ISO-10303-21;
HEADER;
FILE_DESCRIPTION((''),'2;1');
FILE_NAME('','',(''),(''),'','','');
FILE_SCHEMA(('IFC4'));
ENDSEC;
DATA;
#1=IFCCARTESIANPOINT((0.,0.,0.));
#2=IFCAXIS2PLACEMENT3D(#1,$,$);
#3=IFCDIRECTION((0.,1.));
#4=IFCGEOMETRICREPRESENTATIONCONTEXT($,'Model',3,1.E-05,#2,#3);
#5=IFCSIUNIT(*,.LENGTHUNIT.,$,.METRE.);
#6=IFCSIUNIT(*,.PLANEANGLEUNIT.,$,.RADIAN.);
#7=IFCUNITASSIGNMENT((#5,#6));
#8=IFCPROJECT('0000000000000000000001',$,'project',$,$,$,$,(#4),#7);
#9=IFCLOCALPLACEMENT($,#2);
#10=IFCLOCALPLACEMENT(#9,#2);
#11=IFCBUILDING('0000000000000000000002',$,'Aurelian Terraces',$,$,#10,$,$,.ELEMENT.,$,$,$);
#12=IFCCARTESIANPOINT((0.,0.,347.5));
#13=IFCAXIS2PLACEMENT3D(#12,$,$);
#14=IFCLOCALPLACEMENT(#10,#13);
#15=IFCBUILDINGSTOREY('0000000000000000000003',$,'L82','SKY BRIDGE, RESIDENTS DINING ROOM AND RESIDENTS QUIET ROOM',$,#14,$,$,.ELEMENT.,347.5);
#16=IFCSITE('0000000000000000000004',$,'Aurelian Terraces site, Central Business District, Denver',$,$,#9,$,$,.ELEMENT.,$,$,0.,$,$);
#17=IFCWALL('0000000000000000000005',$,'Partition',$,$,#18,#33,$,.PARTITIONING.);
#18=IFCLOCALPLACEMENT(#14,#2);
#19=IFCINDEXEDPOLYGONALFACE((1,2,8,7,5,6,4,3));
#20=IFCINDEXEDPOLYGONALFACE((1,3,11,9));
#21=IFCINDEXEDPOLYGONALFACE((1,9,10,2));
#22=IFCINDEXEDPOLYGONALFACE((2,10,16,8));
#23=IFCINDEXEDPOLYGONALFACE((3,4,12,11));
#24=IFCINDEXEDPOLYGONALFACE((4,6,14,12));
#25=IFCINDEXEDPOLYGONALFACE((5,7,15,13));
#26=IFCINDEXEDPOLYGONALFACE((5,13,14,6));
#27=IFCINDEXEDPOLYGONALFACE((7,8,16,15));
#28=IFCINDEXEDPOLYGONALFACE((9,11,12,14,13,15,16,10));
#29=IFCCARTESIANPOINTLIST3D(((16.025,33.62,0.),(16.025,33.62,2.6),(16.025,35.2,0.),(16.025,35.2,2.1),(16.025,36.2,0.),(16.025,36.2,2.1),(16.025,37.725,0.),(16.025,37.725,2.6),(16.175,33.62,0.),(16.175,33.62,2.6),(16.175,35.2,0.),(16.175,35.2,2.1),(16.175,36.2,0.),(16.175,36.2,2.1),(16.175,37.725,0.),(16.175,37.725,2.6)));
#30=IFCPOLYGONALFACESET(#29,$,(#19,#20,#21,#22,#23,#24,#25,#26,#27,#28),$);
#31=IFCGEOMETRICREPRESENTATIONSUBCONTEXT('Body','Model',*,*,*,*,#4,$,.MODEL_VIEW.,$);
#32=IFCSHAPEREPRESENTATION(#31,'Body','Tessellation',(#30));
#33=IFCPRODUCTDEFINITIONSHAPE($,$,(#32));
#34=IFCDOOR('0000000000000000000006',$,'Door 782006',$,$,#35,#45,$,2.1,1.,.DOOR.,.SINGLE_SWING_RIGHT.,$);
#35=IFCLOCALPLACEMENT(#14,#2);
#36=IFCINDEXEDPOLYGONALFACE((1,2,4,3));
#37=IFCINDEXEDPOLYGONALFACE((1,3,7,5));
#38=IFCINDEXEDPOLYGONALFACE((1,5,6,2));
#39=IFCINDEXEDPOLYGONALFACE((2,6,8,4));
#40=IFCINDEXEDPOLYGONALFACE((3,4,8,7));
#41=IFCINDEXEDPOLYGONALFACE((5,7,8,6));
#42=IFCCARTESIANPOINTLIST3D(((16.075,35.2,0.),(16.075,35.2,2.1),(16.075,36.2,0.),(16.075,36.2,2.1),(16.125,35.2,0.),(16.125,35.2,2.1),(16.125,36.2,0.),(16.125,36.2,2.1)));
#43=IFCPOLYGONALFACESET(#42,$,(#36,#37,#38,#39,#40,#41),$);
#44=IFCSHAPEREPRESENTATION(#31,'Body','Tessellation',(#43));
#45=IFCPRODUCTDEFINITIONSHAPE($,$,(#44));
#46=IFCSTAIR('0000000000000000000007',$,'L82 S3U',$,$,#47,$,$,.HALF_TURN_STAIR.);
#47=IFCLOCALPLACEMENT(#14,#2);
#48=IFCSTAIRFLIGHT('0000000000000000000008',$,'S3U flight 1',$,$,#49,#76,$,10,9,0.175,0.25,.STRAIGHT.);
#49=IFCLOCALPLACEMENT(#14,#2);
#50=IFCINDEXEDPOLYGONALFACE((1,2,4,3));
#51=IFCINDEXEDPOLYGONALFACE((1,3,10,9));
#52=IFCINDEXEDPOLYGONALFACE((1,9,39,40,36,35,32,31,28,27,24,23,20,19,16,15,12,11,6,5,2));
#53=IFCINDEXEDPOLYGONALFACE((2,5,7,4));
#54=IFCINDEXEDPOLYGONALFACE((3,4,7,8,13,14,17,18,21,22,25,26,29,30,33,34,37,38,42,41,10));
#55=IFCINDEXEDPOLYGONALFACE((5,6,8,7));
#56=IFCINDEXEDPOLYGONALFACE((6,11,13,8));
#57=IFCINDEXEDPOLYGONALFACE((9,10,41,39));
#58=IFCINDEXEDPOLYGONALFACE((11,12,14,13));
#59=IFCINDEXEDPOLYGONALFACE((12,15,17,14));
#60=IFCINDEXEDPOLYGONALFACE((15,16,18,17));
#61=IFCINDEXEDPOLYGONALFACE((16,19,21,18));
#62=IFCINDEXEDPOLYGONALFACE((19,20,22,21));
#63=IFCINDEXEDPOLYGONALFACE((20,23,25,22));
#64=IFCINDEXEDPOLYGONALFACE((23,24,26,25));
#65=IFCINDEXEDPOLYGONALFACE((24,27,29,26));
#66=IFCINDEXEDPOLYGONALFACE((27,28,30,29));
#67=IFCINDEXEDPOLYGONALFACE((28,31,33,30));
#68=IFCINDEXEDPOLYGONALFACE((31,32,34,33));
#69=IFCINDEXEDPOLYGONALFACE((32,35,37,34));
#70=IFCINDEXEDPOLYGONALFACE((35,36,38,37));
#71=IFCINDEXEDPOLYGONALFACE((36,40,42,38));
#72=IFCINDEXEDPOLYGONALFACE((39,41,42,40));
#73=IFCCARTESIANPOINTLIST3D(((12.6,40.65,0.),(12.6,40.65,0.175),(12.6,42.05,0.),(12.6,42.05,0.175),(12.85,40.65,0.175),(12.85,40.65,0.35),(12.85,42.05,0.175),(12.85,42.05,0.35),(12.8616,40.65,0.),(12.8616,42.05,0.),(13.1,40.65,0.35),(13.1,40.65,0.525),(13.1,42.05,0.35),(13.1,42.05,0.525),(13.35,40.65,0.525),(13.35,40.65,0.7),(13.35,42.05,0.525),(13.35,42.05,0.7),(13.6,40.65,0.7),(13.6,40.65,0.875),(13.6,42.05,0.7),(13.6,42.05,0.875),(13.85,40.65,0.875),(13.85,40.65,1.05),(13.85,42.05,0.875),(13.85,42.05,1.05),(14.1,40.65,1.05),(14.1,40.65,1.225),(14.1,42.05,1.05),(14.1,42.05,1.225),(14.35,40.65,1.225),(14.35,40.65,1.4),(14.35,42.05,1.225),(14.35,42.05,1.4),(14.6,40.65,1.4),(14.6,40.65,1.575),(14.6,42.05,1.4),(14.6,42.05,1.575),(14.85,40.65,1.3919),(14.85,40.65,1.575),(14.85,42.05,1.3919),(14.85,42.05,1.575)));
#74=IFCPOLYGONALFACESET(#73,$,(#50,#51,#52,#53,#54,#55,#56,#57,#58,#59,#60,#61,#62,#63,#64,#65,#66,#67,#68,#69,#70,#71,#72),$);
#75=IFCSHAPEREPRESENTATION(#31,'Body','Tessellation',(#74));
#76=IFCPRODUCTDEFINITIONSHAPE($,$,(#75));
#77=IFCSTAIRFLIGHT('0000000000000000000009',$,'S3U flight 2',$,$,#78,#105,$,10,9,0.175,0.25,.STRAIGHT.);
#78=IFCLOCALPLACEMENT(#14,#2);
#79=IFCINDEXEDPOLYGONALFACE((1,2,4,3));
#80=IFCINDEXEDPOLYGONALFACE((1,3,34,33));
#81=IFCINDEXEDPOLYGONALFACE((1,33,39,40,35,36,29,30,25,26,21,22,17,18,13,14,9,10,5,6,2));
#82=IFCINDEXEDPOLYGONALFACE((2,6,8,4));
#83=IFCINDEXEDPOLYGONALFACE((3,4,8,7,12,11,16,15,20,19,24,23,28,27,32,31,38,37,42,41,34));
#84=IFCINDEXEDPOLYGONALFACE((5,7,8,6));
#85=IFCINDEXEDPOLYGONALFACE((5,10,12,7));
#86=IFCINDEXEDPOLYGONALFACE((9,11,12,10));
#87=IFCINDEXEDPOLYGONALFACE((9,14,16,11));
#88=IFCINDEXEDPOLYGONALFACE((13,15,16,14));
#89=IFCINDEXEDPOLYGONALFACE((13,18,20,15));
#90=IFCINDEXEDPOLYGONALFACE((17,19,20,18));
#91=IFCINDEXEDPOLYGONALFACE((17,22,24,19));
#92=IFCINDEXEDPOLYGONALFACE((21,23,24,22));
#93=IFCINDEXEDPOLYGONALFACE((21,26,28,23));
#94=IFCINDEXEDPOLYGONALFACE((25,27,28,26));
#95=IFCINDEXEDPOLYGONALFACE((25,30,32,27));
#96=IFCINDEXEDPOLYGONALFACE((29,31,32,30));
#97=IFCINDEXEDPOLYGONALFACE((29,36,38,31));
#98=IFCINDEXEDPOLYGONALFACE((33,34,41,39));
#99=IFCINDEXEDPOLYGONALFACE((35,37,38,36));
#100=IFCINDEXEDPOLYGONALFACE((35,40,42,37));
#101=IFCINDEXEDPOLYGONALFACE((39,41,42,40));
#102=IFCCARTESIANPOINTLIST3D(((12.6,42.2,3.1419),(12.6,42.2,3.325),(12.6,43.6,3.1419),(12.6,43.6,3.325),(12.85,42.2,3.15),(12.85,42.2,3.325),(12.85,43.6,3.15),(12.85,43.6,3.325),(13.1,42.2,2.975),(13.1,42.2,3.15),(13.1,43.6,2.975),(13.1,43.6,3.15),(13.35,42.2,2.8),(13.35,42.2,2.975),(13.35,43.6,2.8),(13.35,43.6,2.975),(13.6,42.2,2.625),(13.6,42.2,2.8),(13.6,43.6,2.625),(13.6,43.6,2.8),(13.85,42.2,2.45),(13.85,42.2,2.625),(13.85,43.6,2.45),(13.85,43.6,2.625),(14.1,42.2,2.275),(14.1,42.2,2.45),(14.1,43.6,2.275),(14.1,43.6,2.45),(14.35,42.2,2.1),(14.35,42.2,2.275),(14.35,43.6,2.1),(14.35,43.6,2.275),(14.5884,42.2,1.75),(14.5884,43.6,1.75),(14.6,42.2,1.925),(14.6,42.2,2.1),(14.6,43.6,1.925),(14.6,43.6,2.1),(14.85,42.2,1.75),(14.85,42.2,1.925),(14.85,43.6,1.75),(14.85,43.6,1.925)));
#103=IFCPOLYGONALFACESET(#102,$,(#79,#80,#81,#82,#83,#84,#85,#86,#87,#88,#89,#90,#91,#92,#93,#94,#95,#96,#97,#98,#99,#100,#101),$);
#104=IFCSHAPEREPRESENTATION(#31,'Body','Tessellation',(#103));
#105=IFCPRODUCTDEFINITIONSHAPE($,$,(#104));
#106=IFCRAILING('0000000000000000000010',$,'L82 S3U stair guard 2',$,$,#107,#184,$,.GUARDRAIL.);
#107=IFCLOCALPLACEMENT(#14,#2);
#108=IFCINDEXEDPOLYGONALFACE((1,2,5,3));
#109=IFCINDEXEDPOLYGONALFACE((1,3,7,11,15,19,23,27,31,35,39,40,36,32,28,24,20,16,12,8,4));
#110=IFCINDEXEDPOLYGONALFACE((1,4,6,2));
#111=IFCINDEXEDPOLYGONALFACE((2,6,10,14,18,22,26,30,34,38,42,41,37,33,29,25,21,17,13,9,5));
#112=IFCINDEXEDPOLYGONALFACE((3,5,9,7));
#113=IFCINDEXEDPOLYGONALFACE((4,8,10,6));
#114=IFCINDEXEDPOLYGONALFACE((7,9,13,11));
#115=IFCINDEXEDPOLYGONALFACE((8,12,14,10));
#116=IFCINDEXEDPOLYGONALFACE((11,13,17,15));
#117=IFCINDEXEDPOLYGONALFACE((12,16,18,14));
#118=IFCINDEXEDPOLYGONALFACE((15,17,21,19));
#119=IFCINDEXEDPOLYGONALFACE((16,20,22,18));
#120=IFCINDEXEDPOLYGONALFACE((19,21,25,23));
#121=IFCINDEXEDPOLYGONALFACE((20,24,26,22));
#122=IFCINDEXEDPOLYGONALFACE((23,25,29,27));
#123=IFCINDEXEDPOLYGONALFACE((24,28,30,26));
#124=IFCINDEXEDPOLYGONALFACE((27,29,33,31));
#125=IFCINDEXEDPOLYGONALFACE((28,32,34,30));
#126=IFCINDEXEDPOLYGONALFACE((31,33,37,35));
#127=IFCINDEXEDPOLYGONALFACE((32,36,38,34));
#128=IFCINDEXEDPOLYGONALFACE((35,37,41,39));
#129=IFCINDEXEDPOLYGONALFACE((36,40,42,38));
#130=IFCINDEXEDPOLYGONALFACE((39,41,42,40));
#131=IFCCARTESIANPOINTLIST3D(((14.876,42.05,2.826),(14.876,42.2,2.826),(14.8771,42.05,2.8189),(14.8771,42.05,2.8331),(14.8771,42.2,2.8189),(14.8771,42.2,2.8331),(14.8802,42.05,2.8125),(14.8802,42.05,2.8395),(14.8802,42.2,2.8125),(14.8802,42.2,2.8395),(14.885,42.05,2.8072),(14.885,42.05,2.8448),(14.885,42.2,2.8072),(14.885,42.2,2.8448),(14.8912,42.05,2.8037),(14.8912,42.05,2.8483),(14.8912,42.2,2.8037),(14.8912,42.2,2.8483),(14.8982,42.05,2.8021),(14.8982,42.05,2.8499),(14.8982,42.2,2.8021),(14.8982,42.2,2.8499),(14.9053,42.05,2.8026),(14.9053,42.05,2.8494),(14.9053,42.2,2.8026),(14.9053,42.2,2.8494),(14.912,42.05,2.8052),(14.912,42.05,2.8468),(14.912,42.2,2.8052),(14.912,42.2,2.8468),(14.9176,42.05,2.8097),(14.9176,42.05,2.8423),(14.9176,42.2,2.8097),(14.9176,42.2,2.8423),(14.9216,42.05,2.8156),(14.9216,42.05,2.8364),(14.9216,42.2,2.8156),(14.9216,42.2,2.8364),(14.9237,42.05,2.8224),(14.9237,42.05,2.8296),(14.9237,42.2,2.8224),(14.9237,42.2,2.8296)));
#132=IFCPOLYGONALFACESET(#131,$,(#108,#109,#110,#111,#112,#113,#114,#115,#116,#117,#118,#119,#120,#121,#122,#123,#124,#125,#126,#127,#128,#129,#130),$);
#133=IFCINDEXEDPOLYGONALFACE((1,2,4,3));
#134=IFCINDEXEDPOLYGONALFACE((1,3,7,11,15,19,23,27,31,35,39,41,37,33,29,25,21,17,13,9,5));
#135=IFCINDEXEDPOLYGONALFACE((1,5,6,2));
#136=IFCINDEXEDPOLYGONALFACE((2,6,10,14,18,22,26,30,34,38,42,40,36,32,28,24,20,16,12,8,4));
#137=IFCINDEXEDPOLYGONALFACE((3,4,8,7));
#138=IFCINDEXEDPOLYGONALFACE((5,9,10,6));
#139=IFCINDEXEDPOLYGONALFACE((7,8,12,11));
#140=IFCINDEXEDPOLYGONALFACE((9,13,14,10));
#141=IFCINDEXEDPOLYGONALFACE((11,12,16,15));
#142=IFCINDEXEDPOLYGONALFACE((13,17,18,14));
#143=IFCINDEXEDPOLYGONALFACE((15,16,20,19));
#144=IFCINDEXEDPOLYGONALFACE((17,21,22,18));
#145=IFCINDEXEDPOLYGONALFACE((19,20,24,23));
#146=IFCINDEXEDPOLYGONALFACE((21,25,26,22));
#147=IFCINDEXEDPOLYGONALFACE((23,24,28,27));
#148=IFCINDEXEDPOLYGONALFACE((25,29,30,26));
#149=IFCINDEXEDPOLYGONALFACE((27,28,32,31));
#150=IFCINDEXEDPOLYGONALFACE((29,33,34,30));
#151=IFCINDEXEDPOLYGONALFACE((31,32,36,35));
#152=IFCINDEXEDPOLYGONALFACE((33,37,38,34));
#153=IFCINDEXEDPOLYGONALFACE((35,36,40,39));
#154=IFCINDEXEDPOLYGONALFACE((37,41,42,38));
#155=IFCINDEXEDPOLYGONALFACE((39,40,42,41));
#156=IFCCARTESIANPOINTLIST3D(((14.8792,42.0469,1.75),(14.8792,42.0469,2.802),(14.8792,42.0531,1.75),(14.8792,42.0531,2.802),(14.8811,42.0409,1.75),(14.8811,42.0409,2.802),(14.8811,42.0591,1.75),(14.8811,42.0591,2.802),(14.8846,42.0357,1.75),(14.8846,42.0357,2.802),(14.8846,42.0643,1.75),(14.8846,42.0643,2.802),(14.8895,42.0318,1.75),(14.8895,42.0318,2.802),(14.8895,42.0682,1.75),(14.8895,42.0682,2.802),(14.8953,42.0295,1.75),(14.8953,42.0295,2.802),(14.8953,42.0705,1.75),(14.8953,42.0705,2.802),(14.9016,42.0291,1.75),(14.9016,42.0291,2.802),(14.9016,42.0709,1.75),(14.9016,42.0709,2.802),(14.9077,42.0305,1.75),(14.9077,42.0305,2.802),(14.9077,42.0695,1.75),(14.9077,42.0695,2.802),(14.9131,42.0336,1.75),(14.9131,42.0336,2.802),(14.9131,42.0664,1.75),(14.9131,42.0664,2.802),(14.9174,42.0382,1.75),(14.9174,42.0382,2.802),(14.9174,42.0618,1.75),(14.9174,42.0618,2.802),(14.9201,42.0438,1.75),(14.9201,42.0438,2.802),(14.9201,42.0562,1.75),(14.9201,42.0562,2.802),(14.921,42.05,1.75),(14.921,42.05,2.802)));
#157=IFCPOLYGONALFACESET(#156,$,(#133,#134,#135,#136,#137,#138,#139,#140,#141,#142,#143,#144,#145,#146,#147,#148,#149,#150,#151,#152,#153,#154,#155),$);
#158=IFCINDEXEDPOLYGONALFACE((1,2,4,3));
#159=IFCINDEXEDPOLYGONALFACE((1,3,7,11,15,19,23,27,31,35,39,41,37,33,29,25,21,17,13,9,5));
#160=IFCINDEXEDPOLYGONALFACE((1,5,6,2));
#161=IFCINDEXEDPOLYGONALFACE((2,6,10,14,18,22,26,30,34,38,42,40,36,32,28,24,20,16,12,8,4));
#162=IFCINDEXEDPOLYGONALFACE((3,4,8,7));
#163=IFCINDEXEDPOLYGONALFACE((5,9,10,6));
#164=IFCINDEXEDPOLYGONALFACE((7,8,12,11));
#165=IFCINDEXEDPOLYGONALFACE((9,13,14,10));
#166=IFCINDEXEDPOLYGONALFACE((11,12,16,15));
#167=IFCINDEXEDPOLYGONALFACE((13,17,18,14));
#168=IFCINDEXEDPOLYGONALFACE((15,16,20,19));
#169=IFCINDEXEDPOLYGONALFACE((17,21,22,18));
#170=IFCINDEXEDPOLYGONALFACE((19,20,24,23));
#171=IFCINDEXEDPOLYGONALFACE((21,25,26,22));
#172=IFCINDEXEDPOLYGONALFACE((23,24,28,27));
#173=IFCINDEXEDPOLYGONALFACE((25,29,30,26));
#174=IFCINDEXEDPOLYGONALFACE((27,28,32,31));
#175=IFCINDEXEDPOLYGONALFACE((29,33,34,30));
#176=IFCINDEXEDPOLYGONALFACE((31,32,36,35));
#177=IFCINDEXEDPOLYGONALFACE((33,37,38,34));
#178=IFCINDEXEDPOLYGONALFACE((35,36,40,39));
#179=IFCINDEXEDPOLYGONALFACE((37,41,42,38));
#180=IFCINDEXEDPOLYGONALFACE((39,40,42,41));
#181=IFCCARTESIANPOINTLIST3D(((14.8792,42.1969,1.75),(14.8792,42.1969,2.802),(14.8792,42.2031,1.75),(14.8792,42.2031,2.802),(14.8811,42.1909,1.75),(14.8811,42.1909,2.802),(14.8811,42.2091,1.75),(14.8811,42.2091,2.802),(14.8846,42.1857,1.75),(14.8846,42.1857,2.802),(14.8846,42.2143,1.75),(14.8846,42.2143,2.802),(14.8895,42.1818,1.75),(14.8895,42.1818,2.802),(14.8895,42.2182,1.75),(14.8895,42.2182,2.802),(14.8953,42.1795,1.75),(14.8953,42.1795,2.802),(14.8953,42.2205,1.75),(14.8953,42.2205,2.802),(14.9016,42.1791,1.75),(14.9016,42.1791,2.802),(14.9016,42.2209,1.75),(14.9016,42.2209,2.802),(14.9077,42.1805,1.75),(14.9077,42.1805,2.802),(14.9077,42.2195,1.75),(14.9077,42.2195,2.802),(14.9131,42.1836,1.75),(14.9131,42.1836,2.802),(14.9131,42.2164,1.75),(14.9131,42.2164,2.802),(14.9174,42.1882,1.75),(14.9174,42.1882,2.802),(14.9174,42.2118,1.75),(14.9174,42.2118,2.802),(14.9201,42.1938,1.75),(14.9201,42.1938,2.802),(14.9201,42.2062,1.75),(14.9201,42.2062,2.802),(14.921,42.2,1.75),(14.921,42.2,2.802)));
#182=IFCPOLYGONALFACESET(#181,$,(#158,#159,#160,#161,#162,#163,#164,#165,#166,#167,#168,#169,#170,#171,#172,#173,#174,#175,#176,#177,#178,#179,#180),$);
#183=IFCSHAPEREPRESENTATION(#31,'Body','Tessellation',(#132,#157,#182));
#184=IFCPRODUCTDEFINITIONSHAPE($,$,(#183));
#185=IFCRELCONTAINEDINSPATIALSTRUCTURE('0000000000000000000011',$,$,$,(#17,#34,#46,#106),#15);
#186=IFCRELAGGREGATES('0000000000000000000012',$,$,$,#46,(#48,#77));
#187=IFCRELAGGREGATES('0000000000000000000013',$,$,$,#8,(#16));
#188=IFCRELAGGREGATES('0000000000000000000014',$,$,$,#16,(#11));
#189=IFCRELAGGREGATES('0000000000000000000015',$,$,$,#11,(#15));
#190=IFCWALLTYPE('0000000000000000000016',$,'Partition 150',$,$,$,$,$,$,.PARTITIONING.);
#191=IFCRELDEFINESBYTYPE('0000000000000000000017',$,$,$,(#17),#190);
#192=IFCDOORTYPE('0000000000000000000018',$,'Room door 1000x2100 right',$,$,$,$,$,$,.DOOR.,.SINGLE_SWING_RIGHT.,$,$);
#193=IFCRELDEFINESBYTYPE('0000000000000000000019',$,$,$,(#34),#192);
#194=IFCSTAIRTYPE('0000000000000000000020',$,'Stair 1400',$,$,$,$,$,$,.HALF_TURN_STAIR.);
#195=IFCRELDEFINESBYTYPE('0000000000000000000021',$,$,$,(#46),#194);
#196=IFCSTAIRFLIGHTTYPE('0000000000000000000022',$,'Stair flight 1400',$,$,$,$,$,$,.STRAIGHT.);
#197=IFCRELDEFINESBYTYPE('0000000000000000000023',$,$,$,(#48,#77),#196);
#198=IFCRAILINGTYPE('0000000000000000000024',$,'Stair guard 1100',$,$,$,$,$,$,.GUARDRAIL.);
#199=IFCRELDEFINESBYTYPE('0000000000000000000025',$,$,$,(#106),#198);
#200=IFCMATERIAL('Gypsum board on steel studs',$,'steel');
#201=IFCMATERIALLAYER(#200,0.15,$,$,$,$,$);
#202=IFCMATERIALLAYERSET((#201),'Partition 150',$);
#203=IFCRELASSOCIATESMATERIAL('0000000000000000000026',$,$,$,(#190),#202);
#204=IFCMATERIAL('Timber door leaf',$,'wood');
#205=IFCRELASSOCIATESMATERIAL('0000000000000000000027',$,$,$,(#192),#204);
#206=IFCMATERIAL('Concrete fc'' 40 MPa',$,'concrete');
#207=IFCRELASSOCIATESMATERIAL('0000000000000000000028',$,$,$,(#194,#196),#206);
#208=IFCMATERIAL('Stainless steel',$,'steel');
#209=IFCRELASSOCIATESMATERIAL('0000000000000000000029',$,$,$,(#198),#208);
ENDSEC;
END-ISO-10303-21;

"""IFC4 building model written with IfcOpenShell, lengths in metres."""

from ifc_helpers import new_model, si_unit, direction, frame, frame_2d, origin, origin_2d, place, context, subcontext, project, spatial, polyline, rectangle, circle, outline, extrude, source, transform, mapped, material, layer, layer_set, type_object, element, fill, aggregate, save


model = new_model("IFC4")

# Units and contexts
model_context = context("Model", 3, precision=1e-05, world=origin(), true_north=direction((0.0, 1.0)))
body_context = subcontext(model_context, "Body", "Model", "MODEL_VIEW")
ifc_project = project(units=[si_unit("LENGTHUNIT", "METRE"), si_unit("PLANEANGLEUNIT", "RADIAN")], contexts=[model_context])

# Site, building, storey
site_placement = place(None, origin())
site = spatial("IfcSite", under=ifc_project, at=site_placement, Name="Aurelian Terraces site, Central Business District, Denver", CompositionType="ELEMENT", RefElevation=0.0)
building_placement = place(site_placement, origin())
building = spatial("IfcBuilding", under=site, at=building_placement, Name="Aurelian Terraces", CompositionType="ELEMENT")
storey_placement = place(building_placement, frame((0.0, 0.0, 347.5)))
storey = spatial("IfcBuildingStorey", under=building, at=storey_placement, Name="L82", Description="SKY BRIDGE, RESIDENTS DINING ROOM AND RESIDENTS QUIET ROOM", CompositionType="ELEMENT", Elevation=347.5)

# Shared definitions
ifc_material_1 = material(Name="Concrete fc' 40 MPa", Category="concrete")

# Shared definitions
ifc_material_2 = material(Name="Gypsum board on steel studs", Category="steel")

# Wall, opening, door
ifc_layer_1 = layer(ifc_material_2, 0.15)
ifc_layer_set_1 = layer_set([ifc_layer_1], Name="Partition 150")
wall_type_1 = type_object("IfcWallType", Name="Partition 150", PredefinedType="PARTITIONING", material=ifc_layer_set_1)
ifc_material_3 = material(Name="Timber door leaf", Category="wood")
shared_shape_1 = source(origin(), body_context, "Body", "SweptSolid", [
    extrude(rectangle(XDim=1.0, YDim=2.1, at=frame_2d((0.5, 1.05))), frame((0.0, 0.085, 0.0), z_axis=(0.0, -1.0, 0.0), x_axis=(1.0, 0.0, 0.0)), (0.0, 0.0, 1.0), 0.17),
])
shared_shape_2 = source(origin(), body_context, "Body", "SweptSolid", [
    extrude(rectangle(XDim=1.0, YDim=2.1, at=frame_2d((0.5, 1.05))), frame((0.0, 0.025, 0.0), z_axis=(0.0, -1.0, 0.0), x_axis=(1.0, 0.0, 0.0)), (0.0, 0.0, 1.0), 0.05),
])
shared_shape_3 = source(origin(), body_context, "Body", "SweptSolid", [
    extrude(rectangle(XDim=4.105, YDim=0.15, at=frame_2d((2.0525, 0.0))), origin(), (0.0, 0.0, 1.0), 2.6),
])
wall_1_placement = place(storey_placement, frame((16.1, 37.725, 0.0), z_axis=(0.0, 0.0, 1.0), x_axis=(0.0, -1.0, 0.0)))
wall_1 = element("IfcWall", 1, at=wall_1_placement, inside=storey, type_object=wall_type_1, Name="Partition", PredefinedType="PARTITIONING", context=body_context, shape_type="MappedRepresentation", body=[
    mapped(shared_shape_3, transform((0.0, 0.0, 0.0), scale=1.0)),
])
opening_1_placement = place(wall_1_placement, frame((1.525, 0.0, 0.0)))
opening_1 = element("IfcOpeningElement", 2, at=opening_1_placement, cuts=wall_1, PredefinedType="OPENING", context=body_context, shape_type="MappedRepresentation", body=[
    mapped(shared_shape_1, transform((0.0, 0.0, 0.0), scale=1.0)),
])
door_type_1 = type_object("IfcDoorType", Name="Room door 1000x2100 right", OperationType="SINGLE_SWING_RIGHT", PredefinedType="DOOR", material=ifc_material_3)
door_1_placement = place(opening_1_placement, origin())
door_1 = element("IfcDoor", 3, at=door_1_placement, inside=storey, type_object=door_type_1, Name="Door 782006", OperationType="SINGLE_SWING_RIGHT", OverallHeight=2.1, OverallWidth=1.0, PredefinedType="DOOR", context=body_context, shape_type="MappedRepresentation", body=[
    mapped(shared_shape_2, transform((0.0, 0.0, 0.0), scale=1.0)),
])
fill(opening_1, door_1)

# Stair, stair flights
stair_type = type_object("IfcStairType", Name="Stair 1400", PredefinedType="HALF_TURN_STAIR", material=ifc_material_1)
stair_placement = place(storey_placement, origin())
stair = element("IfcStair", 4, at=stair_placement, inside=storey, type_object=stair_type, Name="L82 S3U", PredefinedType="HALF_TURN_STAIR")
stair_flight_type = type_object("IfcStairFlightType", Name="Stair flight 1400", PredefinedType="STRAIGHT", material=ifc_material_1)
shared_shape_4 = source(origin(), body_context, "Body", "SweptSolid", [
    extrude(outline(polyline([(0.0, 0.0), (0.0, 0.175), (0.25, 0.175), (0.25, 0.35), (0.5, 0.35), (0.5, 0.525), (0.75, 0.525), (0.75, 0.7), (1.0, 0.7), (1.0, 0.875), (1.25, 0.875), (1.25, 1.05), (1.5, 1.05), (1.5, 1.225), (1.75, 1.225), (1.75, 1.4), (2.0, 1.4), (2.0, 1.575), (2.25, 1.575), (2.25, 1.75), (2.25, 1.3919), (0.2616, 0.0), (0.0, 0.0)])), frame((0.0, 0.7, 0.0), z_axis=(0.0, -1.0, 0.0), x_axis=(1.0, 0.0, 0.0)), (0.0, 0.0, 1.0), 1.4),
])
stair_flight_1_placement = place(storey_placement, frame((12.6, 41.35, 0.0), z_axis=(0.0, 0.0, 1.0), x_axis=(1.0, 0.0, 0.0)))
stair_flight_1 = element("IfcStairFlight", 5, at=stair_flight_1_placement, type_object=stair_flight_type, Name="S3U flight 1", NumberOfRisers=10, NumberOfTreads=9, PredefinedType="STRAIGHT", RiserHeight=0.175, TreadLength=0.25, context=body_context, shape_type="MappedRepresentation", body=[
    mapped(shared_shape_4, transform((0.0, 0.0, 0.0), scale=1.0)),
])
stair_flight_2_placement = place(storey_placement, frame((14.85, 42.9, 1.75), z_axis=(0.0, 0.0, 1.0), x_axis=(-1.0, 0.0, 0.0)))
stair_flight_2 = element("IfcStairFlight", 6, at=stair_flight_2_placement, type_object=stair_flight_type, Name="S3U flight 2", NumberOfRisers=10, NumberOfTreads=9, PredefinedType="STRAIGHT", RiserHeight=0.175, TreadLength=0.25, context=body_context, shape_type="MappedRepresentation", body=[
    mapped(shared_shape_4, transform((0.0, 0.0, 0.0), scale=1.0)),
])
aggregate(stair, [stair_flight_1, stair_flight_2])

# Railing
ifc_material_4 = material(Name="Stainless steel", Category="steel")
railing_type_1 = type_object("IfcRailingType", Name="Stair guard 1100", PredefinedType="GUARDRAIL", material=ifc_material_4)
shared_shape_5 = source(origin(), body_context, "Body", "SweptSolid", [
    extrude(circle(Radius=0.024, at=origin_2d()), frame((0.0, 0.0, 1.076), z_axis=(0.0, 1.0, 0.0), x_axis=(-1.0, 0.0, 0.0)), (0.0, 0.0, 1.0), 0.15),
    extrude(circle(Radius=0.021, at=origin_2d()), origin(), (0.0, 0.0, 1.0), 1.052),
    extrude(circle(Radius=0.021, at=origin_2d()), frame((0.0, 0.15, 0.0)), (0.0, 0.0, 1.0), 1.052),
])
for number, where, name in (
    (7, (14.9, 42.05, 1.75), "L82 S3U stair guard 2"),
):
    element("IfcRailing", number, at=place(storey_placement, frame(where)), inside=storey, type_object=railing_type_1, Name=name, PredefinedType="GUARDRAIL", context=body_context, shape_type="MappedRepresentation", body=[
        mapped(shared_shape_5, transform((0.0, 0.0, 0.0), scale=1.0)),
    ])

save(model, "model.ifc")
